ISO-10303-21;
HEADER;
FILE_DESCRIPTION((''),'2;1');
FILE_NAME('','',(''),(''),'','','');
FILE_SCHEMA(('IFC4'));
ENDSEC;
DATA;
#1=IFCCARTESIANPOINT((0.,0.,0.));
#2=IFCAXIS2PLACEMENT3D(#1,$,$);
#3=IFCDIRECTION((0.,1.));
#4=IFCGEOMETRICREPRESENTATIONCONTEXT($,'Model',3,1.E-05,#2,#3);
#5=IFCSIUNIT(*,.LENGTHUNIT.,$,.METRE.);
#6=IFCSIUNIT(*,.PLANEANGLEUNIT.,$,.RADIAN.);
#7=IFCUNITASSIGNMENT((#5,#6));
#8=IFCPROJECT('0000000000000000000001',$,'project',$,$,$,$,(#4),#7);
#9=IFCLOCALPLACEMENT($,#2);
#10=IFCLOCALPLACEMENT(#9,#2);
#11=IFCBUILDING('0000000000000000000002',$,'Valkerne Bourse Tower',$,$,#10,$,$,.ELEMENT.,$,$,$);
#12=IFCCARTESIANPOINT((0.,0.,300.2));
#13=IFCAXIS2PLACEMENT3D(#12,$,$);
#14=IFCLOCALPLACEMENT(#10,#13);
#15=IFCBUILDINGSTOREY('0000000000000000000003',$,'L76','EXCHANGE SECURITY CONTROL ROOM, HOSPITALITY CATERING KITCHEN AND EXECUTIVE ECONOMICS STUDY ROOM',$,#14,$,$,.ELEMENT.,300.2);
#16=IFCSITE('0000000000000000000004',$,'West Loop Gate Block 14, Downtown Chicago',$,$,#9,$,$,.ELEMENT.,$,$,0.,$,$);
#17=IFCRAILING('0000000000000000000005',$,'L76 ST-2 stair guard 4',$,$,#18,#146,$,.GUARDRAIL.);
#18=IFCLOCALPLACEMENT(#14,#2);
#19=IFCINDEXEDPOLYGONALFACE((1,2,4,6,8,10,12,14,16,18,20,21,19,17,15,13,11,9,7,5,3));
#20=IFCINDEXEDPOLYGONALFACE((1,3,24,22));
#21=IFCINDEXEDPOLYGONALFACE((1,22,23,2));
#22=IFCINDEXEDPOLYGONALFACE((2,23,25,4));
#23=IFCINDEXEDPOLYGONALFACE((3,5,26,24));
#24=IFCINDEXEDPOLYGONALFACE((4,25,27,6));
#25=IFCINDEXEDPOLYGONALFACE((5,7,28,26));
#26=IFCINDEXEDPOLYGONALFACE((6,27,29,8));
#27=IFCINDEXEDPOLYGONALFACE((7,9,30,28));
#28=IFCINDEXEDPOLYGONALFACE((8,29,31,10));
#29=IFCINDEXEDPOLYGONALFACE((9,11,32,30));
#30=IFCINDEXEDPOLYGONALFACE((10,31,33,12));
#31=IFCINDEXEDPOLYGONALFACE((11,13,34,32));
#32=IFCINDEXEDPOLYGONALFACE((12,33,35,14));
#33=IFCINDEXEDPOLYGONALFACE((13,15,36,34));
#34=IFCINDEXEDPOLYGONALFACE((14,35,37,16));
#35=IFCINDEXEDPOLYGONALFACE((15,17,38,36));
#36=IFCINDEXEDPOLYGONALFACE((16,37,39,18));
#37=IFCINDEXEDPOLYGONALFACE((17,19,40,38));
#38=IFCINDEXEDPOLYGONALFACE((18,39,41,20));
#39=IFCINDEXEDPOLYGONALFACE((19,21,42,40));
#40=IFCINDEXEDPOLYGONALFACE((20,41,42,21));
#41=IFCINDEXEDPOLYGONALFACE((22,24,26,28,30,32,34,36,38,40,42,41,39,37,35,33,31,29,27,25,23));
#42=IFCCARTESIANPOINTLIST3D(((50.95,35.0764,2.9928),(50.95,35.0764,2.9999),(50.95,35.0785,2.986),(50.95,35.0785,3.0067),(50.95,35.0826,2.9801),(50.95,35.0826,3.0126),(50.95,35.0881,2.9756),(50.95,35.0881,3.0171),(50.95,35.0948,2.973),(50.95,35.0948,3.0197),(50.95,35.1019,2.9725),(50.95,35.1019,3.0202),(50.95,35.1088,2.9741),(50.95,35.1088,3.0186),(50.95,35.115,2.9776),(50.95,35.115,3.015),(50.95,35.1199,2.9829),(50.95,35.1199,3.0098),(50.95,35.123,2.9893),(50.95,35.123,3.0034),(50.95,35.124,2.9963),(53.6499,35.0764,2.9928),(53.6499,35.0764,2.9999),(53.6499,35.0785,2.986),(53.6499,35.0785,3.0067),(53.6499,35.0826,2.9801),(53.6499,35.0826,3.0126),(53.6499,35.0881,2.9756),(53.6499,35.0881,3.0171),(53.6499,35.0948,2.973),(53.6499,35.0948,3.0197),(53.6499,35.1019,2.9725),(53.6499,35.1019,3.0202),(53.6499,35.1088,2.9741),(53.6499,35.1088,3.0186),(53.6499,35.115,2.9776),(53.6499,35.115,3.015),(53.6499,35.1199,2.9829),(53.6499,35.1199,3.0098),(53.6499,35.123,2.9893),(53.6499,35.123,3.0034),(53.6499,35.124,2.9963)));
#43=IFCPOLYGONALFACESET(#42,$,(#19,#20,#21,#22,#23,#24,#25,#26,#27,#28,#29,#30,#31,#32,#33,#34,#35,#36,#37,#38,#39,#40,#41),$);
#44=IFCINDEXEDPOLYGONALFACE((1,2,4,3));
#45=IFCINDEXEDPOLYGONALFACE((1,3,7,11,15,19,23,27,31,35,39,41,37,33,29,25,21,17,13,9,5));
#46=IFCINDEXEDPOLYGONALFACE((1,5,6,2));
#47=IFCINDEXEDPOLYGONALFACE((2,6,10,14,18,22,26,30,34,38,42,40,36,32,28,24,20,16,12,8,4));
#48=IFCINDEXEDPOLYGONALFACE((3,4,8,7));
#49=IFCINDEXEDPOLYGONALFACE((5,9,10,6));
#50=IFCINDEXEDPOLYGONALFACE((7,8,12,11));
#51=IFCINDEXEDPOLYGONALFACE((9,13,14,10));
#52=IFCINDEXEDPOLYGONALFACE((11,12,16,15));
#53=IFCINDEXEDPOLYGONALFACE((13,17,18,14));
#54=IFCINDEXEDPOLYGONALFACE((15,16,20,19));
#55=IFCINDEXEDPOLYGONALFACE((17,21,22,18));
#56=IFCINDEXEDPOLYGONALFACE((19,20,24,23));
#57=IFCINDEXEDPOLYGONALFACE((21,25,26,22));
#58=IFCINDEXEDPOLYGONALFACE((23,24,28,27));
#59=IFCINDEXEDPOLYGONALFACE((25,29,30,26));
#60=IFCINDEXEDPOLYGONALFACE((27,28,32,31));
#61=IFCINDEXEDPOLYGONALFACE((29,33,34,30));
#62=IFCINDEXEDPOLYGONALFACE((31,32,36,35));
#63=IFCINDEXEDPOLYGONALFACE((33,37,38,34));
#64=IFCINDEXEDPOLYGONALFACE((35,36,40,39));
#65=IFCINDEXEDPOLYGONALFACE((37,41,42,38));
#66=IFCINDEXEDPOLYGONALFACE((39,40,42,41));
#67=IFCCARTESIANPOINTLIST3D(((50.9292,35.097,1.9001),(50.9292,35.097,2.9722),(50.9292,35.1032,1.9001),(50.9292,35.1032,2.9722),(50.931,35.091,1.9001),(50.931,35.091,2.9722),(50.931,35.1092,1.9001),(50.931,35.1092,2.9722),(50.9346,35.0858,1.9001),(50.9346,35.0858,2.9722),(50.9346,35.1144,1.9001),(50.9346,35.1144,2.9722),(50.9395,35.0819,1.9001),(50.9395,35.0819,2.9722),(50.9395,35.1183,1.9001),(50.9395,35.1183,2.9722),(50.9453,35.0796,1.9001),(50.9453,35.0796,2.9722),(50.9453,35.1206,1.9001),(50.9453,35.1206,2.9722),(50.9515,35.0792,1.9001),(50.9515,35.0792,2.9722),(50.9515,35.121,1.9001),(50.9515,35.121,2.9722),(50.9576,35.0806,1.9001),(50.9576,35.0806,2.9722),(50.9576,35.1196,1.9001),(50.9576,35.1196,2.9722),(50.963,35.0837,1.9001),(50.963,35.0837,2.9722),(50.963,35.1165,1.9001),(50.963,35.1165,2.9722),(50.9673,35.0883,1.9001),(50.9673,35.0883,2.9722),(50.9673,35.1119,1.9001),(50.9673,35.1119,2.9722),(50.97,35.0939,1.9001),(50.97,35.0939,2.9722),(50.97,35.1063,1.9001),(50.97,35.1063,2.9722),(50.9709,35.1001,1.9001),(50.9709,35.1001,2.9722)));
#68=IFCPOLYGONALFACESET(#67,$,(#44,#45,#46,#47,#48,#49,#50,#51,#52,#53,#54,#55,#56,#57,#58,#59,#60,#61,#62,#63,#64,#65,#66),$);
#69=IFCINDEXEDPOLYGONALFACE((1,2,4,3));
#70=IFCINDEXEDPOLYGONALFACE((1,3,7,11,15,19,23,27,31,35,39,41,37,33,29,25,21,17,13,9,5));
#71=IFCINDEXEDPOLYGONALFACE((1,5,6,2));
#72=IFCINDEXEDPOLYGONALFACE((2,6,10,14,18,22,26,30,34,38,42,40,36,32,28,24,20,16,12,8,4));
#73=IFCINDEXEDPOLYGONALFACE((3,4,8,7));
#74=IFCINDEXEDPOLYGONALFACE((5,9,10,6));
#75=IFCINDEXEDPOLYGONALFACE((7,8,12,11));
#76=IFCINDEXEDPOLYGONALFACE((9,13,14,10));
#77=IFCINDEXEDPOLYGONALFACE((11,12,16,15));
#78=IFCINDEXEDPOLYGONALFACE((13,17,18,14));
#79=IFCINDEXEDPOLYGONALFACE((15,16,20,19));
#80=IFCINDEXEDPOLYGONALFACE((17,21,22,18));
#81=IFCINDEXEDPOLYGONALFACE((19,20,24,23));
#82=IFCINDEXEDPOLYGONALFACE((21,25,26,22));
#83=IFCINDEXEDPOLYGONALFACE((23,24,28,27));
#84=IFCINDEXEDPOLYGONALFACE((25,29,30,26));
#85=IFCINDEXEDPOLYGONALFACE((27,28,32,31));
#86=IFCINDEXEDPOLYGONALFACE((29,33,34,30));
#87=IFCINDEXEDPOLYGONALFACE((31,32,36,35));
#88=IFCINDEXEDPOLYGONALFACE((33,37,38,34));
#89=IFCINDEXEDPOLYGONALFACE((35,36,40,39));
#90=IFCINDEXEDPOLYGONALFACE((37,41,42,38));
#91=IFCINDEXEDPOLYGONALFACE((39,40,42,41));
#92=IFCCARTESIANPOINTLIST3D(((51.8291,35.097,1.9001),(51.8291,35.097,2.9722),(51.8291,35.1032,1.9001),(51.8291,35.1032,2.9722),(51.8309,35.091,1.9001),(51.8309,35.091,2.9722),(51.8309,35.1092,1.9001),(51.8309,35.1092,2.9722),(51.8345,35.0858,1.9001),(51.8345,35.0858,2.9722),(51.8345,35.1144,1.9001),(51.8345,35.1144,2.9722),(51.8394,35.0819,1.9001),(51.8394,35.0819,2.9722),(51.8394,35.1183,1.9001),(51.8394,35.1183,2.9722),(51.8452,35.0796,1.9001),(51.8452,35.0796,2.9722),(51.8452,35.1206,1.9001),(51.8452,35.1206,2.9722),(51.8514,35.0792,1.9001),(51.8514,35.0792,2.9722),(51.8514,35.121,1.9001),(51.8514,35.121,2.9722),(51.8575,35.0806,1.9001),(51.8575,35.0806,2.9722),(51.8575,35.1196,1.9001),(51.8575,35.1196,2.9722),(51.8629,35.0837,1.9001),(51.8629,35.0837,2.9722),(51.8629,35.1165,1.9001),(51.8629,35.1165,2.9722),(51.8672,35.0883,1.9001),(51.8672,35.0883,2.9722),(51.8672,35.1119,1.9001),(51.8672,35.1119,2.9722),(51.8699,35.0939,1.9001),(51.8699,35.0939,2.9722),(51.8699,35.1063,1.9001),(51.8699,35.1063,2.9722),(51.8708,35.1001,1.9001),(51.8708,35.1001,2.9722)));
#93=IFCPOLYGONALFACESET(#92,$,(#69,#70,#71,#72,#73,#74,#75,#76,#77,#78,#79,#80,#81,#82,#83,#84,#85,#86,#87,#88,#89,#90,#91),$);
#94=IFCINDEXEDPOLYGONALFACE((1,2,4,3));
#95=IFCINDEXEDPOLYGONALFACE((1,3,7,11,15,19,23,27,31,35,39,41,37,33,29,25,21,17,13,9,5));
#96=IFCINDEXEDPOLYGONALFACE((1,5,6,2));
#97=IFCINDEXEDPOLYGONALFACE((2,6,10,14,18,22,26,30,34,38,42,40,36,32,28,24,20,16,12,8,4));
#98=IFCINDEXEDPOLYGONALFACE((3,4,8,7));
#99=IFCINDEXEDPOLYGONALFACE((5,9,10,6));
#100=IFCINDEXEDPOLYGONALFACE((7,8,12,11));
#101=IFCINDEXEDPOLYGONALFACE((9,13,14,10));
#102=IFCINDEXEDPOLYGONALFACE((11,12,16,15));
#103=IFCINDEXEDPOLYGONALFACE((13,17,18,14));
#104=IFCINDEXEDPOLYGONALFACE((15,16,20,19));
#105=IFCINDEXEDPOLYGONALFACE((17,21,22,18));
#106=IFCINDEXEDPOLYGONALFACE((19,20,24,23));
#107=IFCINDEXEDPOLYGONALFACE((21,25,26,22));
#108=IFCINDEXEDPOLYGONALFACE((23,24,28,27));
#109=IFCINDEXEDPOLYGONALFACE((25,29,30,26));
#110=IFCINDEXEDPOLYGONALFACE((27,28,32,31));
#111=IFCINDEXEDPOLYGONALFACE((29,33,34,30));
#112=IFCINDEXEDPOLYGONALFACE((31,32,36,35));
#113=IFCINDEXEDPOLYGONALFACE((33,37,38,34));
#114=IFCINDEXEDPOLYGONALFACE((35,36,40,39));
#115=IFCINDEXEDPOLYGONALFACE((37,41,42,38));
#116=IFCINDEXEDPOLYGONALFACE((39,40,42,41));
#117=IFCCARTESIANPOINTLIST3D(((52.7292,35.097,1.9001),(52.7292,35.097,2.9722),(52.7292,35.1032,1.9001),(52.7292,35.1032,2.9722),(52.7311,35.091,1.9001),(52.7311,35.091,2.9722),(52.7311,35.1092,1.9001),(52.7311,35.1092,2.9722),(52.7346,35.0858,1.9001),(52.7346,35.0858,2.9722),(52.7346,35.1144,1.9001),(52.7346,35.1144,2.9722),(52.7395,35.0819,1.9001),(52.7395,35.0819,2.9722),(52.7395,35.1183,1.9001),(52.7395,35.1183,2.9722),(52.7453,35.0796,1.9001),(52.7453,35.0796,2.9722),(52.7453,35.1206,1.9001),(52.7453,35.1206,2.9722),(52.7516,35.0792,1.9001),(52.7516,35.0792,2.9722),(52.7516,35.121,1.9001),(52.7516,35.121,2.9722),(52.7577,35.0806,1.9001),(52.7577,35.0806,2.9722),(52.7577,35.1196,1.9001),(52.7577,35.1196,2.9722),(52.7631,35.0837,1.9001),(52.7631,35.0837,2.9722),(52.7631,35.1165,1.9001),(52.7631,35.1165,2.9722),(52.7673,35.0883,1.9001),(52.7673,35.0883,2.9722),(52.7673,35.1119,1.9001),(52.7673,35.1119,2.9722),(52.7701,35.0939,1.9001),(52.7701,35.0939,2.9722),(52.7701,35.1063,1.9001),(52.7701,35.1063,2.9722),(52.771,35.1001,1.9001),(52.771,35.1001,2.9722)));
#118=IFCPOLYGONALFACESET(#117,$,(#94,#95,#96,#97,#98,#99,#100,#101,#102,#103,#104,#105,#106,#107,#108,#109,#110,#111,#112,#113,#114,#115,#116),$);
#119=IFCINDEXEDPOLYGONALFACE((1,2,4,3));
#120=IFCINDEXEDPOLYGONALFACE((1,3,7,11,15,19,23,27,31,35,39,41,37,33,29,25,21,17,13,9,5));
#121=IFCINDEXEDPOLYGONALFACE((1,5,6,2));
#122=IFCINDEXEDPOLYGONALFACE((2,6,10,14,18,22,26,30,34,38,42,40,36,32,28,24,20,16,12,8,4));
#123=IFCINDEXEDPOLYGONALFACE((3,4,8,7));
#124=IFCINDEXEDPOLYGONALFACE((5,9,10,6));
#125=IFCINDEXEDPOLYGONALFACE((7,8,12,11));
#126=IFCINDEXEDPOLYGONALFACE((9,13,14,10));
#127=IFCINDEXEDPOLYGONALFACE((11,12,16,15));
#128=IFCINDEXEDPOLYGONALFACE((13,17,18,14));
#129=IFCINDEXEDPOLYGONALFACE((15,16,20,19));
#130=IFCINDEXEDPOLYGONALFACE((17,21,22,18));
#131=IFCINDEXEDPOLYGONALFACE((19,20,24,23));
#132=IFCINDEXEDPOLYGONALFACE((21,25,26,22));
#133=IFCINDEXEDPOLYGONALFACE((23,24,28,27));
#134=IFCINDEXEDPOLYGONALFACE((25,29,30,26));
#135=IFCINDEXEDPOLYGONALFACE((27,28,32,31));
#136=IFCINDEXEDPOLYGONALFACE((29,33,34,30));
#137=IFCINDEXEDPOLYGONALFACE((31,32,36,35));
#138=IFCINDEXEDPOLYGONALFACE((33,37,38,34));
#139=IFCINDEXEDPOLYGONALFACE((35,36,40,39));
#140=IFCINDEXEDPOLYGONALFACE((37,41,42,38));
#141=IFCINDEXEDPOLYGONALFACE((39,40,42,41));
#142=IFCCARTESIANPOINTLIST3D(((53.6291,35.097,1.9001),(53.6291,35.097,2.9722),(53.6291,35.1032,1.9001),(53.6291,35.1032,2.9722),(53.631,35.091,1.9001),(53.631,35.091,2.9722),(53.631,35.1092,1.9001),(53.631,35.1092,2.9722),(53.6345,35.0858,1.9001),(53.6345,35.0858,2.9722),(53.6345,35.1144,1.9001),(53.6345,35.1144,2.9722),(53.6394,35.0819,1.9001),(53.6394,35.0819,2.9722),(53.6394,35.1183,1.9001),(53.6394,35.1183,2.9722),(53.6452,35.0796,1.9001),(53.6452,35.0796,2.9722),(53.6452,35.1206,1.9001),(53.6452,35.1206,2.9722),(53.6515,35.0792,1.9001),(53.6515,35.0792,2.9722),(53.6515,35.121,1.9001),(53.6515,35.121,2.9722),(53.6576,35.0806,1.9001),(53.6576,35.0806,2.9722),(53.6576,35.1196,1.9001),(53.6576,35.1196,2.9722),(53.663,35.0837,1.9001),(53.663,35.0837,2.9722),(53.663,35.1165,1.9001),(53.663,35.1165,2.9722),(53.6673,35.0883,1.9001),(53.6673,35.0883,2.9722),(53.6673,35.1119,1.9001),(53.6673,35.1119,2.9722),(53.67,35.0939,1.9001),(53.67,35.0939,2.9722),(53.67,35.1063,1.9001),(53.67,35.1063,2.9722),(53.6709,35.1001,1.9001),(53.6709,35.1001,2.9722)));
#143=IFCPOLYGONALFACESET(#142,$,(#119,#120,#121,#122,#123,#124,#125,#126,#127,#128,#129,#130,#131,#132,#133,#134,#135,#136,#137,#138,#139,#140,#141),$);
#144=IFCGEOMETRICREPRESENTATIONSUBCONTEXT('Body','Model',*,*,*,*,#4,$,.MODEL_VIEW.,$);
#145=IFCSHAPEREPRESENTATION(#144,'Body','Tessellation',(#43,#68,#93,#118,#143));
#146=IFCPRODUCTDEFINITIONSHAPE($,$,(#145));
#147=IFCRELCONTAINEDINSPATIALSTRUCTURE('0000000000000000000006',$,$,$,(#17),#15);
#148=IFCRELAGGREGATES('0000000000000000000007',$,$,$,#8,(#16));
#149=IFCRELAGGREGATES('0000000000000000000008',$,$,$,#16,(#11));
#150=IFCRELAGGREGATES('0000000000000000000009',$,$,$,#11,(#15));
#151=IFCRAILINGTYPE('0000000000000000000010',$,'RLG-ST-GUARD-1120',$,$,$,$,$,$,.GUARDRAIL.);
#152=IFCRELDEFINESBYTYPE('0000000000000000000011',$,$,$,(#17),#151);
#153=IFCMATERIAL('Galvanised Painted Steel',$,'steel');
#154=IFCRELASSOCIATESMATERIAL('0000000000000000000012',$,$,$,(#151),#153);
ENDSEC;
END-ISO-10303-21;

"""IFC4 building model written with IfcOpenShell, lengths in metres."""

from ifc_helpers import new_model, si_unit, direction, frame, origin, origin_2d, place, context, subcontext, project, spatial, circle, extrude, material, type_object, element, save


model = new_model("IFC4")

# Units and contexts
model_context = context("Model", 3, precision=1e-05, world=origin(), true_north=direction((0.0, 1.0)))
body_context = subcontext(model_context, "Body", "Model", "MODEL_VIEW")
ifc_project = project(units=[si_unit("LENGTHUNIT", "METRE"), si_unit("PLANEANGLEUNIT", "RADIAN")], contexts=[model_context])

# Site, building, storey
site_placement = place(None, origin())
site = spatial("IfcSite", under=ifc_project, at=site_placement, Name="West Loop Gate Block 14, Downtown Chicago", CompositionType="ELEMENT", RefElevation=0.0)
building_placement = place(site_placement, origin())
building = spatial("IfcBuilding", under=site, at=building_placement, Name="Valkerne Bourse Tower", CompositionType="ELEMENT")
storey_placement = place(building_placement, frame((0.0, 0.0, 300.2)))
storey = spatial("IfcBuildingStorey", under=building, at=storey_placement, Name="L76", Description="EXCHANGE SECURITY CONTROL ROOM, HOSPITALITY CATERING KITCHEN AND EXECUTIVE ECONOMICS STUDY ROOM", CompositionType="ELEMENT", Elevation=300.2)

# Shared definitions
ifc_material_1 = material(Name="Galvanised Painted Steel", Category="steel")

# Railing
railing_type_1 = type_object("IfcRailingType", Name="RLG-ST-GUARD-1120", PredefinedType="GUARDRAIL", material=ifc_material_1)
for number, where, name in (
    (1, (50.95, 35.1001, 1.9001), "L76 ST-2 stair guard 4"),
):
    element("IfcRailing", number, at=place(storey_placement, frame(where)), inside=storey, type_object=railing_type_1, Name=name, PredefinedType="GUARDRAIL", context=body_context, shape_type="SweptSolid", body=[
        extrude(circle(Radius=0.0239, at=origin_2d()), frame((0.0, 0.0, 1.0962), z_axis=(1.0, 0.0, 0.0), x_axis=(0.0, 1.0, 0.0)), (0.0, 0.0, 1.0), 2.7),
        extrude(circle(Radius=0.021, at=origin_2d()), origin(), (0.0, 0.0, 1.0), 1.072),
        extrude(circle(Radius=0.021, at=origin_2d()), frame((0.8999, 0.0, 0.0)), (0.0, 0.0, 1.0), 1.072),
        extrude(circle(Radius=0.021, at=origin_2d()), frame((1.8, 0.0, 0.0)), (0.0, 0.0, 1.0), 1.072),
        extrude(circle(Radius=0.021, at=origin_2d()), frame((2.7, 0.0, 0.0)), (0.0, 0.0, 1.0), 1.072),
    ])

save(model, "model.ifc")
